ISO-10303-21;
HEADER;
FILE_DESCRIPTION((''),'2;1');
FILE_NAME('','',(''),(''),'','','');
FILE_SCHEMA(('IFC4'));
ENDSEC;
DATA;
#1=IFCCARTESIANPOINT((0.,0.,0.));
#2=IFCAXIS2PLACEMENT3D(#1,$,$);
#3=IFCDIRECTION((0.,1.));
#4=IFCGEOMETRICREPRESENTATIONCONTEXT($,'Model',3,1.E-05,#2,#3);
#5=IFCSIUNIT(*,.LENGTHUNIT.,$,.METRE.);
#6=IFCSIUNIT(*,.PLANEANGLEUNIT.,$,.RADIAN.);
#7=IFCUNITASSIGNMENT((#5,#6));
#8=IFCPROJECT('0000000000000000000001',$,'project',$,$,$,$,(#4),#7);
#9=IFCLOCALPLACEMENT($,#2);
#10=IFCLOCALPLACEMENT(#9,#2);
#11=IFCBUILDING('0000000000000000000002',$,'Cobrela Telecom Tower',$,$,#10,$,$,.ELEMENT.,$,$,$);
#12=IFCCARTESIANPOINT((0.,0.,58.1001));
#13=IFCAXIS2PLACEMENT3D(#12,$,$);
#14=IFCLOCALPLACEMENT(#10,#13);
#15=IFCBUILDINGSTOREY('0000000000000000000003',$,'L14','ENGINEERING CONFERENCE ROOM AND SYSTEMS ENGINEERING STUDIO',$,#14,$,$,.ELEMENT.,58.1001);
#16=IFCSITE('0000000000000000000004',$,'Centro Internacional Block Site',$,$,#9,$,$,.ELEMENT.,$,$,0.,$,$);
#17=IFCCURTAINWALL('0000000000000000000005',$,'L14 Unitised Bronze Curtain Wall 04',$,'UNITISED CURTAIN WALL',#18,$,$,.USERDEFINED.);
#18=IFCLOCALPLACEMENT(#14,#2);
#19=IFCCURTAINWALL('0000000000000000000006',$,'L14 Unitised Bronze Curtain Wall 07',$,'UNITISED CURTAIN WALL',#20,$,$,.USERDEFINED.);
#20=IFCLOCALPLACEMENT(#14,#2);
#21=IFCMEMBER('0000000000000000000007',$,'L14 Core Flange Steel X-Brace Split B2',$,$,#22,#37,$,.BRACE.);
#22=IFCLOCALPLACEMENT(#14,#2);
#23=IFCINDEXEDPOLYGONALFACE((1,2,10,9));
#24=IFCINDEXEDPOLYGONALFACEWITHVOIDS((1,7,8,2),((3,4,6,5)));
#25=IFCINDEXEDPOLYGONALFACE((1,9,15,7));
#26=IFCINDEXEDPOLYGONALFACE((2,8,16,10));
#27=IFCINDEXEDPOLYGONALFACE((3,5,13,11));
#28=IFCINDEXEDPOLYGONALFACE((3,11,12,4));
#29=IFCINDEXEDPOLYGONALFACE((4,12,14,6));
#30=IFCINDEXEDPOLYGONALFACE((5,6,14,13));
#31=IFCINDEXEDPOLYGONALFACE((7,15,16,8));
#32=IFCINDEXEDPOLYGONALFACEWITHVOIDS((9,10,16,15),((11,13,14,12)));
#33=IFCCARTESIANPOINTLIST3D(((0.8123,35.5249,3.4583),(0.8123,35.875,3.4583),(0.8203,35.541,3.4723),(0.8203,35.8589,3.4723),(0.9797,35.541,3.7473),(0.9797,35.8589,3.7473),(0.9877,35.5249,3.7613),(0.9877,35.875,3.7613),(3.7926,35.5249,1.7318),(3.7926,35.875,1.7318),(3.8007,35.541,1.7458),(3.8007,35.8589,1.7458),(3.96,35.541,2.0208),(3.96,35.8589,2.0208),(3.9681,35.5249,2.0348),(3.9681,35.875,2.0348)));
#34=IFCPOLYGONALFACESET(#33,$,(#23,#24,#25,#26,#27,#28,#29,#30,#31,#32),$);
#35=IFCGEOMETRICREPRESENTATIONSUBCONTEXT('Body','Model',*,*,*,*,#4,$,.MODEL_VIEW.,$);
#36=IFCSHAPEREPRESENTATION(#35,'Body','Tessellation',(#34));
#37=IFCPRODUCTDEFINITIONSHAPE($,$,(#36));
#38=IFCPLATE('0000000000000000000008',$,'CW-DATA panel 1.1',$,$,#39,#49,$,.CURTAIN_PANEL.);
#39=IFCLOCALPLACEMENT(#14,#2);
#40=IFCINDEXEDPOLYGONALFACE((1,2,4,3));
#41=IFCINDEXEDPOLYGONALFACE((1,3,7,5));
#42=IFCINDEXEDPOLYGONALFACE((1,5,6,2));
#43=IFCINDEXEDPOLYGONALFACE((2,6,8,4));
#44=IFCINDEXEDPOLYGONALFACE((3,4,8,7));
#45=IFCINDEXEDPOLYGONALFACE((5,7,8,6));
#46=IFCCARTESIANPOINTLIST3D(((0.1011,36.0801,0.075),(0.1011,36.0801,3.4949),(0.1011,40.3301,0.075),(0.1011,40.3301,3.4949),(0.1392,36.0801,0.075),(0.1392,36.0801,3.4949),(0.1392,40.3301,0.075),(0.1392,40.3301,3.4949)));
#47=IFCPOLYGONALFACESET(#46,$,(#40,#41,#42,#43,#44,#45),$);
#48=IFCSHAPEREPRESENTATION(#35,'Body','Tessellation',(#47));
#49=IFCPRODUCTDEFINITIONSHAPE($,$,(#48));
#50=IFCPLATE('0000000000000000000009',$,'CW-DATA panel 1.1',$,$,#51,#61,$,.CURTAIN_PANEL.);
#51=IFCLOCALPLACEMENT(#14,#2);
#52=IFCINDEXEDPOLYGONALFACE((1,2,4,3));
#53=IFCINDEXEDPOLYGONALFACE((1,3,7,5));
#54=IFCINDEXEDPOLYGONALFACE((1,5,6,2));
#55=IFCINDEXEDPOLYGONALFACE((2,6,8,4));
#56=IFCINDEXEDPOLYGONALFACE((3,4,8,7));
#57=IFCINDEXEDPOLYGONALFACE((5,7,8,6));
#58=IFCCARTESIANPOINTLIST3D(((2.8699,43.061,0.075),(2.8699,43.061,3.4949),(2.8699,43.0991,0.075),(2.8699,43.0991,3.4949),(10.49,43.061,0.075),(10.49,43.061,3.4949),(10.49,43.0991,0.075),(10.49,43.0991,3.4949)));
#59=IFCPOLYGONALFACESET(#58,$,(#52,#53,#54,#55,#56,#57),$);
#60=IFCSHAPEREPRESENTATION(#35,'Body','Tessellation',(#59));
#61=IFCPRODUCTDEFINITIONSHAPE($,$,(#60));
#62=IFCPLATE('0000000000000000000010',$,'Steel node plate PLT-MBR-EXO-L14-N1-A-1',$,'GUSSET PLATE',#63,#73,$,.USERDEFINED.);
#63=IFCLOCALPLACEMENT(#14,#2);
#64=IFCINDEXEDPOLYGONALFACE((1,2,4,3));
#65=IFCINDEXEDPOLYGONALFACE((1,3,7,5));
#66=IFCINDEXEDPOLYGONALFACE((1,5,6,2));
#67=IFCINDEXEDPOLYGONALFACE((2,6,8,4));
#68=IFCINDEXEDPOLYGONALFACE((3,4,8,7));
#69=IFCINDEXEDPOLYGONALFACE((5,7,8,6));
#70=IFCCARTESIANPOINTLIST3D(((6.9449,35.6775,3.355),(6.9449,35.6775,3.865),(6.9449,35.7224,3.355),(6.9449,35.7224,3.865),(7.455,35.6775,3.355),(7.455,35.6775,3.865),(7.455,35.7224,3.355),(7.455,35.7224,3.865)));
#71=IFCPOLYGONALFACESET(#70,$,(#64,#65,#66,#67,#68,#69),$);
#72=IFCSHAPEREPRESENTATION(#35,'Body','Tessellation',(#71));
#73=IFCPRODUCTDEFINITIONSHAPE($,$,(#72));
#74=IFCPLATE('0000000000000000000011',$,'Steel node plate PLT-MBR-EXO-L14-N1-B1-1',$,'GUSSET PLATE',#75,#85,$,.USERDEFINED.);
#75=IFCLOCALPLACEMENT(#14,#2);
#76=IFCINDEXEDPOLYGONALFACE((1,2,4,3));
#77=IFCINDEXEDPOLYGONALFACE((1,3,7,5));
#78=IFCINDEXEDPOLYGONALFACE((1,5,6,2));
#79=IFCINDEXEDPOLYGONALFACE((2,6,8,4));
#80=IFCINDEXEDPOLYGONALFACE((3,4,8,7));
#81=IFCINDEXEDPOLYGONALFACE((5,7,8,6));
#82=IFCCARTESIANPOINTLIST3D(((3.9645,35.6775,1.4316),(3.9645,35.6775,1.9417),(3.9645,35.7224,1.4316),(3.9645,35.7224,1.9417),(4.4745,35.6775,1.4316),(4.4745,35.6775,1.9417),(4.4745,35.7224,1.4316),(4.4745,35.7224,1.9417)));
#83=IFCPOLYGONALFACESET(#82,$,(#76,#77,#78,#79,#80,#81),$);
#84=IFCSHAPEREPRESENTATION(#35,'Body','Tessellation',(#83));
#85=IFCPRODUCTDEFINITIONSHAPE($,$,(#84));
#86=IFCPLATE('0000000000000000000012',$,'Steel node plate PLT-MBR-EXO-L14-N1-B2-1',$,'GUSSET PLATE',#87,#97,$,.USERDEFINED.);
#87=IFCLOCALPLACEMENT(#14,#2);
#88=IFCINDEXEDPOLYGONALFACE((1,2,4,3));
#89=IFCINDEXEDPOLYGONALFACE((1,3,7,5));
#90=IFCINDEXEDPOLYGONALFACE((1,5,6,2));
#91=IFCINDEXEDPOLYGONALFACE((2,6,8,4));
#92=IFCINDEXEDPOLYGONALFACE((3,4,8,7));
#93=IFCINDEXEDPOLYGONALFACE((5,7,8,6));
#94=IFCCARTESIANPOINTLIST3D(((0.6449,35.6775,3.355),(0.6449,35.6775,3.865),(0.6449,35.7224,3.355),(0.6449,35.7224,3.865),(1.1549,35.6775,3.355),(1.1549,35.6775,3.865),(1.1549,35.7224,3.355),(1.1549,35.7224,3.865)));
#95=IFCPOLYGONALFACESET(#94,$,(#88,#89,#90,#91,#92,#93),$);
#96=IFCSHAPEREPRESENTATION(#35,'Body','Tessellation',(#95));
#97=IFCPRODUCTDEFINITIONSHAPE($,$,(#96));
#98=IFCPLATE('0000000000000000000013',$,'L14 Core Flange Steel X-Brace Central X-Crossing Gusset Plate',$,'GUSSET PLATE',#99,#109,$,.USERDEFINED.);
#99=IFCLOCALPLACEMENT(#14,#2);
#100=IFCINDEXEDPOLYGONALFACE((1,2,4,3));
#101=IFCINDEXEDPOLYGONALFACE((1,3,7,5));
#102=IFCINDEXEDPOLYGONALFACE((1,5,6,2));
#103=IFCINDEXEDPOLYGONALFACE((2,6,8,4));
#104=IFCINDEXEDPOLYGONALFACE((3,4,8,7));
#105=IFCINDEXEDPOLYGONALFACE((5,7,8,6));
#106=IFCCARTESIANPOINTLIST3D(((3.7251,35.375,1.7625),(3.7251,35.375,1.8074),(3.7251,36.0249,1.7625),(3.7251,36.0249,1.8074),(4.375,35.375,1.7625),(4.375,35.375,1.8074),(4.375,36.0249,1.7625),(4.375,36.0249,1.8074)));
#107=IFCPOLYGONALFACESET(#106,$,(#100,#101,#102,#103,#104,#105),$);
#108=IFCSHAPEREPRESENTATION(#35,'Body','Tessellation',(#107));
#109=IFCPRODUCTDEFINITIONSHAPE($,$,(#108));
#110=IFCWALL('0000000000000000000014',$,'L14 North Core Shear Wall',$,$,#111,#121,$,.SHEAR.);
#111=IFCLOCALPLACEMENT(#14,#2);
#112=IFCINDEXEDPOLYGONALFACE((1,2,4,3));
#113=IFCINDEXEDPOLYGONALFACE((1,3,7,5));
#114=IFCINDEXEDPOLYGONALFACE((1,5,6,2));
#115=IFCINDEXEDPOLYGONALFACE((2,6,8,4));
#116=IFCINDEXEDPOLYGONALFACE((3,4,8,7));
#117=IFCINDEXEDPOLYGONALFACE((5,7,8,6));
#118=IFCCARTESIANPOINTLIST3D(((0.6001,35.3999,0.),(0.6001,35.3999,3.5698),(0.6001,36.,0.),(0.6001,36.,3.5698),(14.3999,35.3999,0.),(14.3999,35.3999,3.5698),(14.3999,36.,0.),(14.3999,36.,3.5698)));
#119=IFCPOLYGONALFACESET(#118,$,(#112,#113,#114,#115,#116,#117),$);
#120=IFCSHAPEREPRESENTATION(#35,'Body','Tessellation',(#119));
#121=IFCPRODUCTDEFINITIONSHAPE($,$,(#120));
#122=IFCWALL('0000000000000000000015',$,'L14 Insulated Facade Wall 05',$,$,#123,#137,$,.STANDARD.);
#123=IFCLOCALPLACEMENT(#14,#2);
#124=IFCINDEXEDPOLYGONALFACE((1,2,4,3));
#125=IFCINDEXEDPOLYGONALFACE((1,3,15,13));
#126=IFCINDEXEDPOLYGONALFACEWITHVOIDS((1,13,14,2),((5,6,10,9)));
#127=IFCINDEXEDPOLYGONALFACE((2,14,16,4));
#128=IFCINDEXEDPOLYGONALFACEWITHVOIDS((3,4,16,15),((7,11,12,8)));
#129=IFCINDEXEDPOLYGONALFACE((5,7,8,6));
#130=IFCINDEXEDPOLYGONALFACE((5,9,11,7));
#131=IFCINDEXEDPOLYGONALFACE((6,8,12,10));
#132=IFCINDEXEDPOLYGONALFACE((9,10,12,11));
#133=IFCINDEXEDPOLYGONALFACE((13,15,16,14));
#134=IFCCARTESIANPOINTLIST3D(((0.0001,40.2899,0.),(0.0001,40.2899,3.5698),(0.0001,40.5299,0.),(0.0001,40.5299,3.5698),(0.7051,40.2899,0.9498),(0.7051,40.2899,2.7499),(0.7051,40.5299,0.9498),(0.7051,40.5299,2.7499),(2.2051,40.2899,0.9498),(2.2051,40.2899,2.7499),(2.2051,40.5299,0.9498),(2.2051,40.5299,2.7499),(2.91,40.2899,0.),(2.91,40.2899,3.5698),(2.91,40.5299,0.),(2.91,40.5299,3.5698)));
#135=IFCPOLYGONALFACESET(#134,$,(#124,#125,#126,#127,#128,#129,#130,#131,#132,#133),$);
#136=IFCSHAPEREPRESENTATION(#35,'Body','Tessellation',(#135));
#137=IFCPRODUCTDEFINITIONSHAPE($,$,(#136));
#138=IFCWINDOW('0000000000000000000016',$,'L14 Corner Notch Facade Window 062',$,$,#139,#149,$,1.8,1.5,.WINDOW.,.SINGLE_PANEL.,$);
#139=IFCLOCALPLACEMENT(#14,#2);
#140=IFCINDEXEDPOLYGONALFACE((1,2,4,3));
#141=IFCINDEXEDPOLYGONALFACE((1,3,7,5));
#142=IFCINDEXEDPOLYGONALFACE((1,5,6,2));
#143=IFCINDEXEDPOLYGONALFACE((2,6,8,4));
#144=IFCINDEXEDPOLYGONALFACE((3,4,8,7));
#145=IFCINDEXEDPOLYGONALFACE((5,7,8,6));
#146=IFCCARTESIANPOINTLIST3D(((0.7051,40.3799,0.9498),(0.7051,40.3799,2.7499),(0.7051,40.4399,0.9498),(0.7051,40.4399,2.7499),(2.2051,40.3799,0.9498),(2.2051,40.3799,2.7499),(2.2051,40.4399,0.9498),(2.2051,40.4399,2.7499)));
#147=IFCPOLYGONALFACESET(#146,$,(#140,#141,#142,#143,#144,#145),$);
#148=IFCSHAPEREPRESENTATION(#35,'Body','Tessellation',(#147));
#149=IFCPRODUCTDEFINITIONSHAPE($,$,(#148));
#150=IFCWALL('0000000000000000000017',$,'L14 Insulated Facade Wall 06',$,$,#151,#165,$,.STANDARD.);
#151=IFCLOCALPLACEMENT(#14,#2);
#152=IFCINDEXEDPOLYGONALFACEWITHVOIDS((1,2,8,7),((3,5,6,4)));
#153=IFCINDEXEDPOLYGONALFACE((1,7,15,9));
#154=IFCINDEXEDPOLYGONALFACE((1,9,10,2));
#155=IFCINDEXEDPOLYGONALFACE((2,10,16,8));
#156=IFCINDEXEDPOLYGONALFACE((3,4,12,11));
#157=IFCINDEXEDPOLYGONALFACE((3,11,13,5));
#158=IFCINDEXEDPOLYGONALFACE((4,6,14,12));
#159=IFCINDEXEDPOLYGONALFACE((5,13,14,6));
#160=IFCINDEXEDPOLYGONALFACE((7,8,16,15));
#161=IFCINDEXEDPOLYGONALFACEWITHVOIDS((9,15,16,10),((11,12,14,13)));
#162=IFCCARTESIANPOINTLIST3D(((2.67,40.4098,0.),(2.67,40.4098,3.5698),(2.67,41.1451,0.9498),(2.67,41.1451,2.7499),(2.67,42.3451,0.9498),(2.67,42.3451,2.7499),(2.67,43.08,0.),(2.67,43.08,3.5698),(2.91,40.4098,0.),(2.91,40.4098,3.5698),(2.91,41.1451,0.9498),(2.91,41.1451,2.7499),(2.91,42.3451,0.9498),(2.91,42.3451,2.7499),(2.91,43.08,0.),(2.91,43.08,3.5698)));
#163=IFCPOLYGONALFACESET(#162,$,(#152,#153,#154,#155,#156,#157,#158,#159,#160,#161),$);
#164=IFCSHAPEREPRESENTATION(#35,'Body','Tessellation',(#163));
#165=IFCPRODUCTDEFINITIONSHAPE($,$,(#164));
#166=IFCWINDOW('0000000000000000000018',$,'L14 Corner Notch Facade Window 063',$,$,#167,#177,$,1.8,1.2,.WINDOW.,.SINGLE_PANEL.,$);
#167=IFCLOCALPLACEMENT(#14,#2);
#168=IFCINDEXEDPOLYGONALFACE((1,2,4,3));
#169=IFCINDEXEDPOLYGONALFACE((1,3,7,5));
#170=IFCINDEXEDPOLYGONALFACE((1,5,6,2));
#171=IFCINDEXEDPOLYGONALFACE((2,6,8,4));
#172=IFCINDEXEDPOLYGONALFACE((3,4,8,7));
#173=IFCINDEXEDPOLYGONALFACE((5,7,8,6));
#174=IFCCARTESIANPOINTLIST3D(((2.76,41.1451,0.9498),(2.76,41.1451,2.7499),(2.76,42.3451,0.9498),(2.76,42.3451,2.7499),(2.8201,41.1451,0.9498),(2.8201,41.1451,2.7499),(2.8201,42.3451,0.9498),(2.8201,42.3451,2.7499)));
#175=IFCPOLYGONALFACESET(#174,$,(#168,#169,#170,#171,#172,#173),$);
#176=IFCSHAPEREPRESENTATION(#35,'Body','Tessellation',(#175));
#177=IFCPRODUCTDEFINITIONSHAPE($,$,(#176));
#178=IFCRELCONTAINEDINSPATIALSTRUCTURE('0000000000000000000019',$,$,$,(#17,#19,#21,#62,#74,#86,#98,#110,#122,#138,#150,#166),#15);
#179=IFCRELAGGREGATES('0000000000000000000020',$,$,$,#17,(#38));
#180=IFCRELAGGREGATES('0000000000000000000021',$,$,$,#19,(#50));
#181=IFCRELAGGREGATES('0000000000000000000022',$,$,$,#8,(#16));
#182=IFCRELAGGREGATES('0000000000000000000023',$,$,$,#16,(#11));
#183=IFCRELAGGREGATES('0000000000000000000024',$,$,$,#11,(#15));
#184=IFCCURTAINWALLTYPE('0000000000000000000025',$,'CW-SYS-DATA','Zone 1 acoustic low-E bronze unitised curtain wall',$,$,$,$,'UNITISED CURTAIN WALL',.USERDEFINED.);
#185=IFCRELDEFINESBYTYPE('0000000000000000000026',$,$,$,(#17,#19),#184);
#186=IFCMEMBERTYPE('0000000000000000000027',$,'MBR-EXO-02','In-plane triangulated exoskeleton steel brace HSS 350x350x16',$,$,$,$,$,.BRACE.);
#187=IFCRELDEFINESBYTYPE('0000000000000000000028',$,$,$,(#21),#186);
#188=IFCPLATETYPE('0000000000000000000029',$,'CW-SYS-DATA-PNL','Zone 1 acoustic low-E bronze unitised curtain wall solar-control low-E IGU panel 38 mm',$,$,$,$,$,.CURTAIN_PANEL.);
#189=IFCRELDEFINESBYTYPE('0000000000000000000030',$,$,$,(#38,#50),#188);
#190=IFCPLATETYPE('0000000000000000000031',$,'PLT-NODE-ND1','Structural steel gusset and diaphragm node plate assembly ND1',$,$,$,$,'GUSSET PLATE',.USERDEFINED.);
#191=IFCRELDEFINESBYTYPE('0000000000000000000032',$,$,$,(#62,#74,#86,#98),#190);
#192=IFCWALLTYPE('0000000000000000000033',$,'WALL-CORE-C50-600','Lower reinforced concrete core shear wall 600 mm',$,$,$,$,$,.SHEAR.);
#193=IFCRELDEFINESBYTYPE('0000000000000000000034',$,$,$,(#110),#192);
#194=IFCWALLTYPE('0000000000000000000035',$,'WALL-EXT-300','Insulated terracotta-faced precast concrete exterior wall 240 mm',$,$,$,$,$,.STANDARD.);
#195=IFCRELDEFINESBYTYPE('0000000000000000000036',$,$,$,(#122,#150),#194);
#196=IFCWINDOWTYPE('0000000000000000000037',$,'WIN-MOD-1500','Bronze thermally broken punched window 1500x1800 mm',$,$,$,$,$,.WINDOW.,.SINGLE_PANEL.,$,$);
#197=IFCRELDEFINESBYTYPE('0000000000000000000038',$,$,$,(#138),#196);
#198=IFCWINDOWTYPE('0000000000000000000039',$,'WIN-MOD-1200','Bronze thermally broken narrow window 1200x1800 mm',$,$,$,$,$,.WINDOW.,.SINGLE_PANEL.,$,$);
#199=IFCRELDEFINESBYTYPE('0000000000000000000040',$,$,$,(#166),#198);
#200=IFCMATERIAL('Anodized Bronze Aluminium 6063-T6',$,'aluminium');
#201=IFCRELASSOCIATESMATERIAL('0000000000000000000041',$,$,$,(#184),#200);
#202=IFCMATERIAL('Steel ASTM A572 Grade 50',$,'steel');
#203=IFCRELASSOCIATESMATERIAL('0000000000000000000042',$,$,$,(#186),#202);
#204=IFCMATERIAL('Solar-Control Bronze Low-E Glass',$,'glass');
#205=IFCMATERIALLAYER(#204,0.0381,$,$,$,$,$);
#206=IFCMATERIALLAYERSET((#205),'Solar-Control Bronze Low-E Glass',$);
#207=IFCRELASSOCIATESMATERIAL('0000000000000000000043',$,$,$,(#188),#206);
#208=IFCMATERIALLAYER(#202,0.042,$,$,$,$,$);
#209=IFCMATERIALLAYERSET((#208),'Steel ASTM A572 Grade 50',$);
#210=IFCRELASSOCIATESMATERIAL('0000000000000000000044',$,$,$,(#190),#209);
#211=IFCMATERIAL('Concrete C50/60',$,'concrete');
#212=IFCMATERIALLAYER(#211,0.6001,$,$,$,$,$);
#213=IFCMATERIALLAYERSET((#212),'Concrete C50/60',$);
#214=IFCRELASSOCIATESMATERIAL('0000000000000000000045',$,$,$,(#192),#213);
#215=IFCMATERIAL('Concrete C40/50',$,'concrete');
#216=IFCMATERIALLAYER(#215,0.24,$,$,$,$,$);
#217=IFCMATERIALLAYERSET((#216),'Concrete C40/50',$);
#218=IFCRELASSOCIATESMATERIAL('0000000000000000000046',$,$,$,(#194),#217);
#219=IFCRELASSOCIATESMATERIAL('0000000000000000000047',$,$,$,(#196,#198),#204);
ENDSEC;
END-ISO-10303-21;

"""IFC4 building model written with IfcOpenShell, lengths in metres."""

from ifc_helpers import new_model, si_unit, direction, frame, frame_2d, origin, origin_2d, place, context, subcontext, project, spatial, rectangle, hollow_rectangle, extrude, material, layer, layer_set, material_profile, profile_set, type_object, element, fill, aggregate, save


model = new_model("IFC4")

# Units and contexts
model_context = context("Model", 3, precision=1e-05, world=origin(), true_north=direction((0.0, 1.0)))
body_context = subcontext(model_context, "Body", "Model", "MODEL_VIEW")
ifc_project = project(units=[si_unit("LENGTHUNIT", "METRE"), si_unit("PLANEANGLEUNIT", "RADIAN")], contexts=[model_context])

# Site, building, storey
site_placement = place(None, origin())
site = spatial("IfcSite", under=ifc_project, at=site_placement, Name="Centro Internacional Block Site", CompositionType="ELEMENT", RefElevation=0.0)
building_placement = place(site_placement, origin())
building = spatial("IfcBuilding", under=site, at=building_placement, Name="Cobrela Telecom Tower", CompositionType="ELEMENT")
storey_placement = place(building_placement, frame((0.0, 0.0, 58.1001)))
storey = spatial("IfcBuildingStorey", under=building, at=storey_placement, Name="L14", Description="ENGINEERING CONFERENCE ROOM AND SYSTEMS ENGINEERING STUDIO", CompositionType="ELEMENT", Elevation=58.1001)

# Curtain wall
ifc_material_1 = material(Name="Anodized Bronze Aluminium 6063-T6", Category="aluminium")
curtain_wall_type = type_object("IfcCurtainWallType", Name="CW-SYS-DATA", Description="Zone 1 acoustic low-E bronze unitised curtain wall", ElementType="UNITISED CURTAIN WALL", PredefinedType="USERDEFINED", material=ifc_material_1)
curtain_wall_1_placement = place(storey_placement, origin())
curtain_wall_1 = element("IfcCurtainWall", 1, at=curtain_wall_1_placement, inside=storey, type_object=curtain_wall_type, Name="L14 Unitised Bronze Curtain Wall 04", ObjectType="UNITISED CURTAIN WALL", PredefinedType="USERDEFINED")

# Curtain wall
curtain_wall_2_placement = place(storey_placement, origin())
curtain_wall_2 = element("IfcCurtainWall", 2, at=curtain_wall_2_placement, inside=storey, type_object=curtain_wall_type, Name="L14 Unitised Bronze Curtain Wall 07", ObjectType="UNITISED CURTAIN WALL", PredefinedType="USERDEFINED")

# Member
ifc_material_2 = material(Name="Steel ASTM A572 Grade 50", Category="steel")
ifc_material_profile_1 = material_profile(ifc_material_2, hollow_rectangle(XDim=0.3501, YDim=0.3501, WallThickness=0.0161, at=origin_2d()), Name="HSS 350x350x16")
ifc_profile_set_1 = profile_set([ifc_material_profile_1], Name="Steel ASTM A572 Grade 50")
member_type_1 = type_object("IfcMemberType", Name="MBR-EXO-02", Description="In-plane triangulated exoskeleton steel brace HSS 350x350x16", PredefinedType="BRACE", material=ifc_profile_set_1)
member_1_placement = place(storey_placement, frame((3.8804, 35.7, 1.8833), z_axis=(-0.865297, 0.0, 0.50126), x_axis=(0.0, -1.0, 0.0)))
element("IfcMember", 3, at=member_1_placement, inside=storey, type_object=member_type_1, Name="L14 Core Flange Steel X-Brace Split B2", PredefinedType="BRACE", context=body_context, shape_type="SweptSolid", body=[
    extrude(hollow_rectangle(XDim=0.3501, YDim=0.3501, WallThickness=0.0161, at=origin_2d()), origin(), (0.0, 0.0, 1.0), 3.4443),
])

# Plates
ifc_material_3 = material(Name="Solar-Control Bronze Low-E Glass", Category="glass")
ifc_layer_1 = layer(ifc_material_3, 0.0381)
ifc_layer_set_1 = layer_set([ifc_layer_1], Name="Solar-Control Bronze Low-E Glass")
plate_type_1 = type_object("IfcPlateType", Name="CW-SYS-DATA-PNL", Description="Zone 1 acoustic low-E bronze unitised curtain wall solar-control low-E IGU panel 38 mm", PredefinedType="CURTAIN_PANEL", material=ifc_layer_set_1)
plate_1_placement = place(storey_placement, frame((0.1201, 38.2051, 0.075), z_axis=(0.0, 0.0, 1.0), x_axis=(0.0, 1.0, 0.0)))
plate_1 = element("IfcPlate", 4, at=plate_1_placement, type_object=plate_type_1, Name="CW-DATA panel 1.1", PredefinedType="CURTAIN_PANEL", context=body_context, shape_type="SweptSolid", body=[
    extrude(rectangle(XDim=4.25, YDim=0.0381, at=origin_2d()), origin(), (0.0, 0.0, 1.0), 3.4199),
])
aggregate(curtain_wall_1, [plate_1])
plate_2_placement = place(storey_placement, frame((6.6799, 43.0801, 0.075), z_axis=(0.0, 0.0, 1.0), x_axis=(1.0, 0.0, 0.0)))
plate_2 = element("IfcPlate", 5, at=plate_2_placement, type_object=plate_type_1, Name="CW-DATA panel 1.1", PredefinedType="CURTAIN_PANEL", context=body_context, shape_type="SweptSolid", body=[
    extrude(rectangle(XDim=7.6201, YDim=0.0381, at=origin_2d()), origin(), (0.0, 0.0, 1.0), 3.4199),
])
aggregate(curtain_wall_2, [plate_2])

# Plates
ifc_layer_2 = layer(ifc_material_2, 0.042)
ifc_layer_set_2 = layer_set([ifc_layer_2], Name="Steel ASTM A572 Grade 50")
plate_type_2 = type_object("IfcPlateType", Name="PLT-NODE-ND1", Description="Structural steel gusset and diaphragm node plate assembly ND1", ElementType="GUSSET PLATE", PredefinedType="USERDEFINED", material=ifc_layer_set_2)
for number, where, z_axis, x_axis, name in (
    (6, (7.2, 35.7, 3.355), (0.0, 0.0, 1.0), (1.0, 0.0, 0.0), "Steel node plate PLT-MBR-EXO-L14-N1-A-1"),
    (7, (4.2195, 35.7, 1.4316), (0.0, 0.0, 1.0), (-1.0, 0.0, 0.0), "Steel node plate PLT-MBR-EXO-L14-N1-B1-1"),
    (8, (0.8999, 35.7, 3.355), (0.0, 0.0, 1.0), (-1.0, 0.0, 0.0), "Steel node plate PLT-MBR-EXO-L14-N1-B2-1"),
):
    element("IfcPlate", number, at=place(storey_placement, frame(where, z_axis=z_axis, x_axis=x_axis)), inside=storey, type_object=plate_type_2, Name=name, ObjectType="GUSSET PLATE", PredefinedType="USERDEFINED", context=body_context, shape_type="SweptSolid", body=[
        extrude(rectangle(XDim=0.51, YDim=0.0449, at=origin_2d()), origin(), (0.0, 0.0, 1.0), 0.51),
    ])
plate_3_placement = place(storey_placement, frame((4.05, 35.7, 1.7625), z_axis=(0.0, 0.0, 1.0), x_axis=(1.0, 0.0, 0.0)))
element("IfcPlate", 9, at=plate_3_placement, inside=storey, type_object=plate_type_2, Name="L14 Core Flange Steel X-Brace Central X-Crossing Gusset Plate", ObjectType="GUSSET PLATE", PredefinedType="USERDEFINED", context=body_context, shape_type="SweptSolid", body=[
    extrude(rectangle(XDim=0.6499, YDim=0.6499, at=origin_2d()), origin(), (0.0, 0.0, 1.0), 0.0449),
])

# Wall
ifc_material_4 = material(Name="Concrete C50/60", Category="concrete")
ifc_layer_3 = layer(ifc_material_4, 0.6001)
ifc_layer_set_3 = layer_set([ifc_layer_3], Name="Concrete C50/60")
wall_type_1 = type_object("IfcWallType", Name="WALL-CORE-C50-600", Description="Lower reinforced concrete core shear wall 600 mm", PredefinedType="SHEAR", material=ifc_layer_set_3)
wall_1_placement = place(storey_placement, frame((0.6001, 35.7, 0.0), z_axis=(0.0, 0.0, 1.0), x_axis=(1.0, 0.0, 0.0)))
element("IfcWall", 10, at=wall_1_placement, inside=storey, type_object=wall_type_1, Name="L14 North Core Shear Wall", PredefinedType="SHEAR", context=body_context, shape_type="SweptSolid", body=[
    extrude(rectangle(XDim=13.7998, YDim=0.6001, at=frame_2d((6.8999, 0.0))), origin(), (0.0, 0.0, 1.0), 3.5698),
])

# Walls, openings, windows
ifc_material_5 = material(Name="Concrete C40/50", Category="concrete")
ifc_layer_4 = layer(ifc_material_5, 0.24)
ifc_layer_set_4 = layer_set([ifc_layer_4], Name="Concrete C40/50")
wall_type_2 = type_object("IfcWallType", Name="WALL-EXT-300", Description="Insulated terracotta-faced precast concrete exterior wall 240 mm", PredefinedType="STANDARD", material=ifc_layer_set_4)
wall_2_placement = place(storey_placement, frame((0.0, 40.4099, 0.0), z_axis=(0.0, 0.0, 1.0), x_axis=(1.0, 0.0, 0.0)))
wall_2 = element("IfcWall", 11, at=wall_2_placement, inside=storey, type_object=wall_type_2, Name="L14 Insulated Facade Wall 05", PredefinedType="STANDARD", context=body_context, shape_type="SweptSolid", body=[
    extrude(rectangle(XDim=2.9099, YDim=0.24, at=frame_2d((1.4551, 0.0))), origin(), (0.0, 0.0, 1.0), 3.5698),
])
opening_1_placement = place(wall_2_placement, frame((0.7051, 0.0, 0.95)))
opening_1 = element("IfcOpeningElement", 12, at=opening_1_placement, cuts=wall_2, PredefinedType="OPENING", context=body_context, shape_type="SweptSolid", body=[
    extrude(rectangle(XDim=1.5, YDim=1.8, at=frame_2d((0.75, 0.8999))), frame((0.0, 0.1318, 0.0), z_axis=(0.0, -1.0, 0.0), x_axis=(1.0, 0.0, 0.0)), (0.0, 0.0, 1.0), 0.2639),
])
window_type_1 = type_object("IfcWindowType", Name="WIN-MOD-1500", Description="Bronze thermally broken punched window 1500x1800 mm", PartitioningType="SINGLE_PANEL", PredefinedType="WINDOW", material=ifc_material_3)
window_1_placement = place(opening_1_placement, origin())
window_1 = element("IfcWindow", 13, at=window_1_placement, inside=storey, type_object=window_type_1, Name="L14 Corner Notch Facade Window 062", OverallHeight=1.8, OverallWidth=1.5, PartitioningType="SINGLE_PANEL", PredefinedType="WINDOW", context=body_context, shape_type="SweptSolid", body=[
    extrude(rectangle(XDim=1.5, YDim=1.8, at=frame_2d((0.75, 0.8999))), frame((0.0, 0.03, 0.0), z_axis=(0.0, -1.0, 0.0), x_axis=(1.0, 0.0, 0.0)), (0.0, 0.0, 1.0), 0.0601),
])
fill(opening_1, window_1)
wall_3_placement = place(storey_placement, frame((2.79, 40.4099, 0.0), z_axis=(0.0, 0.0, 1.0), x_axis=(0.0, 1.0, 0.0)))
wall_3 = element("IfcWall", 14, at=wall_3_placement, inside=storey, type_object=wall_type_2, Name="L14 Insulated Facade Wall 06", PredefinedType="STANDARD", context=body_context, shape_type="SweptSolid", body=[
    extrude(rectangle(XDim=2.6702, YDim=0.24, at=frame_2d((1.335, 0.0))), origin(), (0.0, 0.0, 1.0), 3.5698),
])
opening_2_placement = place(wall_3_placement, frame((0.7351, 0.0, 0.95)))
opening_2 = element("IfcOpeningElement", 15, at=opening_2_placement, cuts=wall_3, PredefinedType="OPENING", context=body_context, shape_type="SweptSolid", body=[
    extrude(rectangle(XDim=1.2, YDim=1.8, at=frame_2d((0.6001, 0.8999))), frame((0.0, 0.1318, 0.0), z_axis=(0.0, -1.0, 0.0), x_axis=(1.0, 0.0, 0.0)), (0.0, 0.0, 1.0), 0.2639),
])
window_type_2 = type_object("IfcWindowType", Name="WIN-MOD-1200", Description="Bronze thermally broken narrow window 1200x1800 mm", PartitioningType="SINGLE_PANEL", PredefinedType="WINDOW", material=ifc_material_3)
window_2_placement = place(opening_2_placement, origin())
window_2 = element("IfcWindow", 16, at=window_2_placement, inside=storey, type_object=window_type_2, Name="L14 Corner Notch Facade Window 063", OverallHeight=1.8, OverallWidth=1.2, PartitioningType="SINGLE_PANEL", PredefinedType="WINDOW", context=body_context, shape_type="SweptSolid", body=[
    extrude(rectangle(XDim=1.2, YDim=1.8, at=frame_2d((0.6001, 0.8999))), frame((0.0, 0.03, 0.0), z_axis=(0.0, -1.0, 0.0), x_axis=(1.0, 0.0, 0.0)), (0.0, 0.0, 1.0), 0.0601),
])
fill(opening_2, window_2)

save(model, "model.ifc")
